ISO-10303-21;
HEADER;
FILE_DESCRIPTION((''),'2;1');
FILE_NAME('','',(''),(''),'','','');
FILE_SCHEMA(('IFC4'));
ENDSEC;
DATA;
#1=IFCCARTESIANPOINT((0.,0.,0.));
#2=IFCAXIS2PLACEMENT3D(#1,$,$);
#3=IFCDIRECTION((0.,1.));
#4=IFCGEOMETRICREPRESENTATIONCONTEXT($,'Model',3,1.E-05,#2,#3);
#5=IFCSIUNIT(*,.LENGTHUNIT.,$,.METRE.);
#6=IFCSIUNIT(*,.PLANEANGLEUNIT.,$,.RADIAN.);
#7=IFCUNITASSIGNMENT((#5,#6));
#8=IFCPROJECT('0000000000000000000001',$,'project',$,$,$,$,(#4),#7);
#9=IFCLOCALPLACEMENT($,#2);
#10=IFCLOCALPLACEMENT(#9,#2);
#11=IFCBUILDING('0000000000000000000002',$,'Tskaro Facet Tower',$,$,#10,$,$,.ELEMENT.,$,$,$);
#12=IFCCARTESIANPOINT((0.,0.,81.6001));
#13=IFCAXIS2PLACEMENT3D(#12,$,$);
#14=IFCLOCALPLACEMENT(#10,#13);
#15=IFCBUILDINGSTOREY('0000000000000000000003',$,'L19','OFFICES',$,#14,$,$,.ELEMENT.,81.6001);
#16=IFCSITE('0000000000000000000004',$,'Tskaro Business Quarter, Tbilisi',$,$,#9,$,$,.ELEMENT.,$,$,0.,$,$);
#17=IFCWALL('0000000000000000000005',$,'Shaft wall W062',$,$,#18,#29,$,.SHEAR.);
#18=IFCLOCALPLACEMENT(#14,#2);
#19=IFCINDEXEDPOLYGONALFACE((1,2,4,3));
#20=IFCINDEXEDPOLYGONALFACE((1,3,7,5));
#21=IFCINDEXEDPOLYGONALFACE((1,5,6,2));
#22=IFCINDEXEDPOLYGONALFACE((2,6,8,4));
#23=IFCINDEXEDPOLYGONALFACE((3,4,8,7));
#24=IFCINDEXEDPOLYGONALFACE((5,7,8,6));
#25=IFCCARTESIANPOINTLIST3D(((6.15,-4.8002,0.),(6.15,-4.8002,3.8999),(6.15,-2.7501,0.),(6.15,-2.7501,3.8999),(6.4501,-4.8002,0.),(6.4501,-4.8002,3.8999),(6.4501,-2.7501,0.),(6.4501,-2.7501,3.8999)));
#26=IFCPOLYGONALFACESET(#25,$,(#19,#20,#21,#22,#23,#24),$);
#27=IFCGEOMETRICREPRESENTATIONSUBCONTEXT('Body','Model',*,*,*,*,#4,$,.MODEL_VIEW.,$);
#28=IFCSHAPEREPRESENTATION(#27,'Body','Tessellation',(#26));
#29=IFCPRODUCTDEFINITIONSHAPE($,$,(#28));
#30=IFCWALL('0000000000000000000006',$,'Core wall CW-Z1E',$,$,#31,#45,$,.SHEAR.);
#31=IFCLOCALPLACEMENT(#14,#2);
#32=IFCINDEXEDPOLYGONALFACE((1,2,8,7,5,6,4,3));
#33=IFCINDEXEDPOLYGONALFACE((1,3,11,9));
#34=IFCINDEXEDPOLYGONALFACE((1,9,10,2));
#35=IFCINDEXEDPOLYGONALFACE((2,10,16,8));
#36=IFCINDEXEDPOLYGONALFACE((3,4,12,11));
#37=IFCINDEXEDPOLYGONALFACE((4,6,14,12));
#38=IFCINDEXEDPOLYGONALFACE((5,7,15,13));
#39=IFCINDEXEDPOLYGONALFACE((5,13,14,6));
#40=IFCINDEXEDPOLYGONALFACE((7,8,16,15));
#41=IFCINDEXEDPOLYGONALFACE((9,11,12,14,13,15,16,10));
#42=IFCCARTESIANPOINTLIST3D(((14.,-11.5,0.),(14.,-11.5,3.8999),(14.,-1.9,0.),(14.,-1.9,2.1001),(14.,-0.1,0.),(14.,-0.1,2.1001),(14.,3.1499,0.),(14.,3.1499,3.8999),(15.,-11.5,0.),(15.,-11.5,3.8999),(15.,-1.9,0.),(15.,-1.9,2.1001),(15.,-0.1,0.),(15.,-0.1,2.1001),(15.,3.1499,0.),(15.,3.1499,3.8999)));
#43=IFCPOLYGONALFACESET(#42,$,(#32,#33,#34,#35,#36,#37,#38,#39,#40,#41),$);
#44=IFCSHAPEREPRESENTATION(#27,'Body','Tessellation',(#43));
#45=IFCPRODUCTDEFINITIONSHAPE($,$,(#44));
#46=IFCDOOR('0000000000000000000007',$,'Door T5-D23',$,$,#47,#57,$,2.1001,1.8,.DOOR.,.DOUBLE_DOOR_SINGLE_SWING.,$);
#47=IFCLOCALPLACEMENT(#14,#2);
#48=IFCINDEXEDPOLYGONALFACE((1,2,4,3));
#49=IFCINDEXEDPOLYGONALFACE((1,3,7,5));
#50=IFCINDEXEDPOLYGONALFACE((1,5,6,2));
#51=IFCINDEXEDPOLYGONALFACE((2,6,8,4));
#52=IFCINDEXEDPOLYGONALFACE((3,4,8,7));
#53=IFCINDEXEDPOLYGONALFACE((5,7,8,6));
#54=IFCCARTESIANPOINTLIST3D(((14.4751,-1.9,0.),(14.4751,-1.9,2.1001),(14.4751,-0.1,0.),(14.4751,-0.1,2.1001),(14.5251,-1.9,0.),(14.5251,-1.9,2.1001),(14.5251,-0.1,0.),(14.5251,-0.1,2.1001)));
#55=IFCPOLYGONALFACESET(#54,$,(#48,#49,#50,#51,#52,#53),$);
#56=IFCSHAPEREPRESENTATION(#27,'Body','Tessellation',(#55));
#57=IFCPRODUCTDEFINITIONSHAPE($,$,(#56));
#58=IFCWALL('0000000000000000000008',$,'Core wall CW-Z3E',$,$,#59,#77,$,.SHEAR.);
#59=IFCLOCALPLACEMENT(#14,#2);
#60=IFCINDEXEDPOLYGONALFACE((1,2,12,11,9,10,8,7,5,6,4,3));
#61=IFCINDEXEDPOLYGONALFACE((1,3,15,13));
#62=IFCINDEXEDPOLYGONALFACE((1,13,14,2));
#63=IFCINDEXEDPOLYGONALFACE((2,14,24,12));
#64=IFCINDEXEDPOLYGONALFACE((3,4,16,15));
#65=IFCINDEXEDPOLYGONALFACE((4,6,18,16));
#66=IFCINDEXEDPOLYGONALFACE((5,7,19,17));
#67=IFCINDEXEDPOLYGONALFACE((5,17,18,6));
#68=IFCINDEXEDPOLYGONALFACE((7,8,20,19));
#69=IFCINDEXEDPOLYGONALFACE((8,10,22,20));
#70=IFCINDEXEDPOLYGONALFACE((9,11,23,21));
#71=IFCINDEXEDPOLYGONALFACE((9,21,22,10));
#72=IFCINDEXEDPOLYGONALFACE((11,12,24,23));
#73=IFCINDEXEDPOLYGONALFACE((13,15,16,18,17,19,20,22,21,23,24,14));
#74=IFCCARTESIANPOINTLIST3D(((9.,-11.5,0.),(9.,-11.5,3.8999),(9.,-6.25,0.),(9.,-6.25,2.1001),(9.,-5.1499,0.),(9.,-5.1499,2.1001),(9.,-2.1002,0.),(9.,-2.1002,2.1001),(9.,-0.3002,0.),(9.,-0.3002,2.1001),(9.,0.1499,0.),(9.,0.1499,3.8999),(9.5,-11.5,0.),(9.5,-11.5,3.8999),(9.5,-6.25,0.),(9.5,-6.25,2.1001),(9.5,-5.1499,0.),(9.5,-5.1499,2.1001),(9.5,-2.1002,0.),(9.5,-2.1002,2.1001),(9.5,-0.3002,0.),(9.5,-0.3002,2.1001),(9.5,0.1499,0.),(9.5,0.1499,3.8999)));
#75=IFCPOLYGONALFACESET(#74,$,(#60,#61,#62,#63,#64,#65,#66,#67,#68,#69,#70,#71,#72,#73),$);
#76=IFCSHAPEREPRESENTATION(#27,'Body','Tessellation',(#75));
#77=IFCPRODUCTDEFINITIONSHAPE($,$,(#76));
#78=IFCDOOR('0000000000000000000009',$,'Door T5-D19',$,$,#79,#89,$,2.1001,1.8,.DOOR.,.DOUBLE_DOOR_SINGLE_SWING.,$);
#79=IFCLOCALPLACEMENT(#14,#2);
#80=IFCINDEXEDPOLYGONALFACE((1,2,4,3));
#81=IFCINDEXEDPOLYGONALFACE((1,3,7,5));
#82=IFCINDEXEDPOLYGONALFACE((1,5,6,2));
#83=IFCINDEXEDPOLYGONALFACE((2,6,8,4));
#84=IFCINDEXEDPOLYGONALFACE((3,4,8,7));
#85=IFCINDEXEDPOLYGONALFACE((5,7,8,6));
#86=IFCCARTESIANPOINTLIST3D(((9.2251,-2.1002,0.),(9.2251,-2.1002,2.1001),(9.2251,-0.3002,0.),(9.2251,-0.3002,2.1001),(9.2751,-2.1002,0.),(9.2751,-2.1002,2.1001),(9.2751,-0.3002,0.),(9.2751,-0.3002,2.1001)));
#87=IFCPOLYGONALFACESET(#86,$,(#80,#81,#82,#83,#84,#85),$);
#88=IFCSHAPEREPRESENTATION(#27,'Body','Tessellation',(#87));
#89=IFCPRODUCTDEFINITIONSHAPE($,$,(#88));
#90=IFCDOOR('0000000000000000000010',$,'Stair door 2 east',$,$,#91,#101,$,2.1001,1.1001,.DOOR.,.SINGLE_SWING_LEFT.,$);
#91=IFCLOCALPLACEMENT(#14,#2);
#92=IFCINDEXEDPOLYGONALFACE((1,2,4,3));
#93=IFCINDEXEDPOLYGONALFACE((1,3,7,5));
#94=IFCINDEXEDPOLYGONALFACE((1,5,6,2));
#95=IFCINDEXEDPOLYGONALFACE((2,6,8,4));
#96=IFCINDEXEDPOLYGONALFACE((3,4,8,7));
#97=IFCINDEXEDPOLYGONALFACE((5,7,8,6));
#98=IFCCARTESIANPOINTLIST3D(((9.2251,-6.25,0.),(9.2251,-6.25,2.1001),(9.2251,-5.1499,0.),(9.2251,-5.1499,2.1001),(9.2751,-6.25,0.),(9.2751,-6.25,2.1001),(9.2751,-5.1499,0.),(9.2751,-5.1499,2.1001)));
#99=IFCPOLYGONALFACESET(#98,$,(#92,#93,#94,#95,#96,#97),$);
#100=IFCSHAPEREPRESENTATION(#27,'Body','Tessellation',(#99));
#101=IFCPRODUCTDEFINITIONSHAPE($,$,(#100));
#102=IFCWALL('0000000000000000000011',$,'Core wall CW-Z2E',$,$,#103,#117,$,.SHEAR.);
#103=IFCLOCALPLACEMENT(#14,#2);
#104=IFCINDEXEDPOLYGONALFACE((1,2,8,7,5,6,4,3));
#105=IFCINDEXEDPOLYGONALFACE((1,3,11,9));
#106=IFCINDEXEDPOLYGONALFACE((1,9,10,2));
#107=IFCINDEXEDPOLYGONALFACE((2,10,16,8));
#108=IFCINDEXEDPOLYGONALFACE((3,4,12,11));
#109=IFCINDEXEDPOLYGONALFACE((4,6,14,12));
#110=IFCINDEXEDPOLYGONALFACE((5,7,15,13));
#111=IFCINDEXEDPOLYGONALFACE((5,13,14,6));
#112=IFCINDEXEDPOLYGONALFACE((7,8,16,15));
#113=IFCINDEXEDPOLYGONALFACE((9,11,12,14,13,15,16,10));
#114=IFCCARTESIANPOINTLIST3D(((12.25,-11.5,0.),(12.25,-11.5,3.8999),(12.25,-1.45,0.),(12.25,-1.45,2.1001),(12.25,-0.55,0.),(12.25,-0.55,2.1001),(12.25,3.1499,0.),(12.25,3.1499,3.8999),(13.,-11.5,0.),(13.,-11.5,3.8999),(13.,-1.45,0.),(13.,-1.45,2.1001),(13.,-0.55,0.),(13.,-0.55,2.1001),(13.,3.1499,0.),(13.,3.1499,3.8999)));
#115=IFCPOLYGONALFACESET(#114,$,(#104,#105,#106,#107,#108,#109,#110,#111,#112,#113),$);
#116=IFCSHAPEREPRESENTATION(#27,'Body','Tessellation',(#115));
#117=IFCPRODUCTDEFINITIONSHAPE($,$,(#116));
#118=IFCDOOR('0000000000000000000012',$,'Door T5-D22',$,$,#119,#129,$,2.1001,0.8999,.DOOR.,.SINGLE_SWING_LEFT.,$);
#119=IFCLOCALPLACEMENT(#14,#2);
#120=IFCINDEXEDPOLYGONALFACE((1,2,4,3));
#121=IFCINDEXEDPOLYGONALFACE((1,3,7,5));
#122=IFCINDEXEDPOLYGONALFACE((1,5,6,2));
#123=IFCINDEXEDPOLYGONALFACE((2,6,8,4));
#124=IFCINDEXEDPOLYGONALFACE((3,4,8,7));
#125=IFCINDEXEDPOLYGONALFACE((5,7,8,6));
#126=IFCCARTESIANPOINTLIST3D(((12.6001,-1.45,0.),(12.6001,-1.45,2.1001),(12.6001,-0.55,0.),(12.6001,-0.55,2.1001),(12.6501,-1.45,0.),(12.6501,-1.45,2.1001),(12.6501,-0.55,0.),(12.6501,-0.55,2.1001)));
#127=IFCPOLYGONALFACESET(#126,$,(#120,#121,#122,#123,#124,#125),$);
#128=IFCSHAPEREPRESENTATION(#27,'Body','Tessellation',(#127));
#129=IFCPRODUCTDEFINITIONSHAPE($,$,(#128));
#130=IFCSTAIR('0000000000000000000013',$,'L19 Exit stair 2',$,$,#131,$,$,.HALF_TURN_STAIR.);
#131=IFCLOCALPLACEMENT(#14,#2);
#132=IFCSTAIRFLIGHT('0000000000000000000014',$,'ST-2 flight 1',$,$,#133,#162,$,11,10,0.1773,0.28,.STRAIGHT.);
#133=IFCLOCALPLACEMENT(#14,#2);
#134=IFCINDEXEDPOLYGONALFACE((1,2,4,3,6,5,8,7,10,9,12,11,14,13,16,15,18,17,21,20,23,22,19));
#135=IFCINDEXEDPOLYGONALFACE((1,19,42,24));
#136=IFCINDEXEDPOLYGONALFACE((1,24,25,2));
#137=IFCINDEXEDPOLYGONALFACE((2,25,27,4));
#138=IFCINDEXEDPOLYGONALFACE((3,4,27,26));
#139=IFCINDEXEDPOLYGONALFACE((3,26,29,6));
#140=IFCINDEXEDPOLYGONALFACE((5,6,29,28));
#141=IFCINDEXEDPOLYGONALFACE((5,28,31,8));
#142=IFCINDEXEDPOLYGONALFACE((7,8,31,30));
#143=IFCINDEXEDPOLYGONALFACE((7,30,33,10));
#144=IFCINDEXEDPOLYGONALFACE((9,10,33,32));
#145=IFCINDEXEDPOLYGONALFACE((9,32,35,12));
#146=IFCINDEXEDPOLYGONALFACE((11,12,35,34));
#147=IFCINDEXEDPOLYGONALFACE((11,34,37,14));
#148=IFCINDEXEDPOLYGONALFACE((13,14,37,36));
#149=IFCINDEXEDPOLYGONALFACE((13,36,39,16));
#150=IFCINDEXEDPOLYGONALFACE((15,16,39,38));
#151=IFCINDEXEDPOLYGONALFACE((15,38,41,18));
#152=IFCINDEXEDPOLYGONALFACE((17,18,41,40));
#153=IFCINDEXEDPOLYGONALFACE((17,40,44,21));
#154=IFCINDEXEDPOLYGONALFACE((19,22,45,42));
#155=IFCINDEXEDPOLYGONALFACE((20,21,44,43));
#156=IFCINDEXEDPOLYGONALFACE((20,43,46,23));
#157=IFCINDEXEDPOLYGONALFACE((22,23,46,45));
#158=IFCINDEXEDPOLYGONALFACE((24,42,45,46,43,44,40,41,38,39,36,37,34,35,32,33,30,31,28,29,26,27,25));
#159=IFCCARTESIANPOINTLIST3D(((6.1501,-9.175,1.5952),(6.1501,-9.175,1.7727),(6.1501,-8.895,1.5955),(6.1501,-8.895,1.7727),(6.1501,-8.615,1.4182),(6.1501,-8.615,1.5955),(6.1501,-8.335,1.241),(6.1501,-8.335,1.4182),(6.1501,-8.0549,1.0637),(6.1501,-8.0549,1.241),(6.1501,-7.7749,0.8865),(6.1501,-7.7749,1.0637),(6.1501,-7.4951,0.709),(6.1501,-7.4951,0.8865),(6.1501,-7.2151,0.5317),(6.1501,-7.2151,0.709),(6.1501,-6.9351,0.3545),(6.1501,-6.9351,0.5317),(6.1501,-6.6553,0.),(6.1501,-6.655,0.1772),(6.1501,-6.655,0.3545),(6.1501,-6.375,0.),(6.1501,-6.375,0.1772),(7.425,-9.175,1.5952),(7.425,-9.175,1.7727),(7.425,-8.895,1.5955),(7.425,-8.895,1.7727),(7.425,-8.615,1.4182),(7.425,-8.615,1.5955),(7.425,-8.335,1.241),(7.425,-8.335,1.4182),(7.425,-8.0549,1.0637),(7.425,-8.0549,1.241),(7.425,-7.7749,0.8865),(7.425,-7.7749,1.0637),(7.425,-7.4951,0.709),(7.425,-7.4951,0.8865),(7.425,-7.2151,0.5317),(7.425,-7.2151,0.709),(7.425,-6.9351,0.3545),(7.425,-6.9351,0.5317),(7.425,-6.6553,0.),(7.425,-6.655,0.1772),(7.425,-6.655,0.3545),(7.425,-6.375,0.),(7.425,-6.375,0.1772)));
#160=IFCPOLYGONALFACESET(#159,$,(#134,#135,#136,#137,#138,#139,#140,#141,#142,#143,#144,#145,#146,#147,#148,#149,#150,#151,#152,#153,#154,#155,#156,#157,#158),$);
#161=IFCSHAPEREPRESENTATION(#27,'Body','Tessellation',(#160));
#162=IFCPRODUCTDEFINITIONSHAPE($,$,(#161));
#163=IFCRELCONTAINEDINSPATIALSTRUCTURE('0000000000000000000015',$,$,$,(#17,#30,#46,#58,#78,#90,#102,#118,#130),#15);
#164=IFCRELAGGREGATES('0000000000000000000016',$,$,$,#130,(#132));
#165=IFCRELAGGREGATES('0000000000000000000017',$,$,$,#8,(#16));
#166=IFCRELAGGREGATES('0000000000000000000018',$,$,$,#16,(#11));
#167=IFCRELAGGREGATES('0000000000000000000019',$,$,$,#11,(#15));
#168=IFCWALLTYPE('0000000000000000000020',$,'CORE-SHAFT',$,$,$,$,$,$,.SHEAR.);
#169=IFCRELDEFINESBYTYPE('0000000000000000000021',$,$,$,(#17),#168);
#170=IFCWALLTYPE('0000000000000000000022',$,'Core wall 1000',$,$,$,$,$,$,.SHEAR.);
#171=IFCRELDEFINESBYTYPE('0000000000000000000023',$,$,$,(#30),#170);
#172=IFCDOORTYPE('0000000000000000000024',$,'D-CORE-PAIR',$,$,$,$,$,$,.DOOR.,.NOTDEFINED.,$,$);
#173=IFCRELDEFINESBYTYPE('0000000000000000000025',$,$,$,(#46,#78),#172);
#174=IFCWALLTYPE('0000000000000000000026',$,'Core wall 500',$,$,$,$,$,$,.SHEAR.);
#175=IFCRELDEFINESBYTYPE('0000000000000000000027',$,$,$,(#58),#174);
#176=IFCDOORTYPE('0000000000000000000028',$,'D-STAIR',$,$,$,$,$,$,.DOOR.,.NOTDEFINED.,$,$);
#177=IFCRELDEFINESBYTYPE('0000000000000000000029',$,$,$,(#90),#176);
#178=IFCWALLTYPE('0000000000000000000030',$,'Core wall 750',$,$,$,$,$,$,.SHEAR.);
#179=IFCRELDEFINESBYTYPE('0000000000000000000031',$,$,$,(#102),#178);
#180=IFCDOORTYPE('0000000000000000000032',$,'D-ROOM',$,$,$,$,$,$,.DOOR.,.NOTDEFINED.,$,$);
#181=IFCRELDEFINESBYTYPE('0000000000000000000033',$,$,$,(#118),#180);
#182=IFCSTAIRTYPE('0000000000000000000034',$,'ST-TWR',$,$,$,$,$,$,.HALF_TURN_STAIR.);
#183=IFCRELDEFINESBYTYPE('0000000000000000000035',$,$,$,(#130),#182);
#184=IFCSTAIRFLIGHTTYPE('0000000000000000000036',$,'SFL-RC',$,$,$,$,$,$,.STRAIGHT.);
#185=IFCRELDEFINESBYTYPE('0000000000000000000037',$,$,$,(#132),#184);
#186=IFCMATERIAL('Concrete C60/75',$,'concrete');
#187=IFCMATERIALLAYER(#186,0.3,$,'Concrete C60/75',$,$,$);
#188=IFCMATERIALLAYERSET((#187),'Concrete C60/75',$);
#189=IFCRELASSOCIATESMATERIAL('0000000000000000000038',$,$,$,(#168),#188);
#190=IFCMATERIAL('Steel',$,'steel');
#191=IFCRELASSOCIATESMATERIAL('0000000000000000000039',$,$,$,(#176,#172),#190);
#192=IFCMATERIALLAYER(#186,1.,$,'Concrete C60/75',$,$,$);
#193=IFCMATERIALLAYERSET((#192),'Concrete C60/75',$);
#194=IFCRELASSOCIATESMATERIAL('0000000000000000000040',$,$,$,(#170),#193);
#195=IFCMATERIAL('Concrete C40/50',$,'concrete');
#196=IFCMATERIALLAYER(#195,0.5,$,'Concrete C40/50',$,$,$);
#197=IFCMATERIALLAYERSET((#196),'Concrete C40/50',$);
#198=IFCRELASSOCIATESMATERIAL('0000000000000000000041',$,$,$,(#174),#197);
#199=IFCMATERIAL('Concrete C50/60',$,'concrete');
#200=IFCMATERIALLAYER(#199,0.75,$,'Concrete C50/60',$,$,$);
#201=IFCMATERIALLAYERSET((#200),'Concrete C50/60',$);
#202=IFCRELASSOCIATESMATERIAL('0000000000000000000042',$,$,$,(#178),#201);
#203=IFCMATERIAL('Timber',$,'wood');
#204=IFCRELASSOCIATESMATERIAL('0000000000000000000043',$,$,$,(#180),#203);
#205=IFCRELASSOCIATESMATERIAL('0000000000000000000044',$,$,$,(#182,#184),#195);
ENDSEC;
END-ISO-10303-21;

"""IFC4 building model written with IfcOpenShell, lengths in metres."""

from ifc_helpers import new_model, si_unit, direction, frame, frame_2d, origin, place, context, subcontext, project, spatial, polyline, rectangle, outline, extrude, material, layer, layer_set, type_object, element, fill, aggregate, save


model = new_model("IFC4")

# Units and contexts
model_context = context("Model", 3, precision=1e-05, world=origin(), true_north=direction((0.0, 1.0)))
body_context = subcontext(model_context, "Body", "Model", "MODEL_VIEW")
ifc_project = project(units=[si_unit("LENGTHUNIT", "METRE"), si_unit("PLANEANGLEUNIT", "RADIAN")], contexts=[model_context])

# Site, building, storey
site_placement = place(None, origin())
site = spatial("IfcSite", under=ifc_project, at=site_placement, Name="Tskaro Business Quarter, Tbilisi", CompositionType="ELEMENT", RefElevation=0.0)
building_placement = place(site_placement, origin())
building = spatial("IfcBuilding", under=site, at=building_placement, Name="Tskaro Facet Tower", CompositionType="ELEMENT")
storey_placement = place(building_placement, frame((0.0, 0.0, 81.6001)))
storey = spatial("IfcBuildingStorey", under=building, at=storey_placement, Name="L19", Description="OFFICES", CompositionType="ELEMENT", Elevation=81.6001)

# Shared definitions
ifc_material_1 = material(Name="Concrete C60/75", Category="concrete")
ifc_layer_1 = layer(ifc_material_1, 0.3, Name="Concrete C60/75")
ifc_layer_set_1 = layer_set([ifc_layer_1], Name="Concrete C60/75")
wall_type_1 = type_object("IfcWallType", Name="CORE-SHAFT", PredefinedType="SHEAR", material=ifc_layer_set_1)

# Shared definitions
ifc_material_2 = material(Name="Steel", Category="steel")
door_type_1 = type_object("IfcDoorType", Name="D-STAIR", OperationType="NOTDEFINED", PredefinedType="DOOR", material=ifc_material_2)

# Wall
wall_1_placement = place(storey_placement, frame((6.3, -4.8, 0.0), z_axis=(0.0, 0.0, 1.0), x_axis=(0.0, 1.0, 0.0)))
element("IfcWall", 1, at=wall_1_placement, inside=storey, type_object=wall_type_1, Name="Shaft wall W062", PredefinedType="SHEAR", context=body_context, shape_type="SweptSolid", body=[
    extrude(rectangle(XDim=2.05, YDim=0.3, at=frame_2d((1.0249, 0.0))), origin(), (0.0, 0.0, 1.0), 3.8999),
])

# Wall, opening, door
ifc_layer_2 = layer(ifc_material_1, 1.0, Name="Concrete C60/75")
ifc_layer_set_2 = layer_set([ifc_layer_2], Name="Concrete C60/75")
wall_type_2 = type_object("IfcWallType", Name="Core wall 1000", PredefinedType="SHEAR", material=ifc_layer_set_2)
wall_2_placement = place(storey_placement, frame((14.5, -11.5, 0.0), z_axis=(0.0, 0.0, 1.0), x_axis=(0.0, 1.0, 0.0)))
wall_2 = element("IfcWall", 2, at=wall_2_placement, inside=storey, type_object=wall_type_2, Name="Core wall CW-Z1E", PredefinedType="SHEAR", context=body_context, shape_type="SweptSolid", body=[
    extrude(rectangle(XDim=14.6499, YDim=1.0, at=frame_2d((7.325, 0.0))), origin(), (0.0, 0.0, 1.0), 3.8999),
])
opening_1_placement = place(wall_2_placement, frame((9.6001, 0.0, 0.0)))
opening_1 = element("IfcOpeningElement", 3, at=opening_1_placement, cuts=wall_2, PredefinedType="OPENING", context=body_context, shape_type="SweptSolid", body=[
    extrude(rectangle(XDim=1.8, YDim=2.1001, at=frame_2d((0.8999, 1.05))), frame((0.0, 0.51, 0.0), z_axis=(0.0, -1.0, 0.0), x_axis=(1.0, 0.0, 0.0)), (0.0, 0.0, 1.0), 1.02),
])
door_type_2 = type_object("IfcDoorType", Name="D-CORE-PAIR", OperationType="NOTDEFINED", PredefinedType="DOOR", material=ifc_material_2)
door_1_placement = place(opening_1_placement, origin())
door_1 = element("IfcDoor", 4, at=door_1_placement, inside=storey, type_object=door_type_2, Name="Door T5-D23", OperationType="DOUBLE_DOOR_SINGLE_SWING", OverallHeight=2.1001, OverallWidth=1.8, PredefinedType="DOOR", context=body_context, shape_type="SweptSolid", body=[
    extrude(rectangle(XDim=1.8, YDim=2.1001, at=frame_2d((0.8999, 1.05))), frame((0.0, 0.0249, 0.0), z_axis=(0.0, -1.0, 0.0), x_axis=(1.0, 0.0, 0.0)), (0.0, 0.0, 1.0), 0.05),
])
fill(opening_1, door_1)

# Wall, openings, doors
ifc_material_3 = material(Name="Concrete C40/50", Category="concrete")
ifc_layer_3 = layer(ifc_material_3, 0.5, Name="Concrete C40/50")
ifc_layer_set_3 = layer_set([ifc_layer_3], Name="Concrete C40/50")
wall_type_3 = type_object("IfcWallType", Name="Core wall 500", PredefinedType="SHEAR", material=ifc_layer_set_3)
wall_3_placement = place(storey_placement, frame((9.25, -11.5, 0.0), z_axis=(0.0, 0.0, 1.0), x_axis=(0.0, 1.0, 0.0)))
wall_3 = element("IfcWall", 5, at=wall_3_placement, inside=storey, type_object=wall_type_3, Name="Core wall CW-Z3E", PredefinedType="SHEAR", context=body_context, shape_type="SweptSolid", body=[
    extrude(rectangle(XDim=11.6499, YDim=0.5, at=frame_2d((5.825, 0.0))), origin(), (0.0, 0.0, 1.0), 3.8999),
])
opening_2_placement = place(wall_3_placement, frame((9.3999, 0.0, 0.0)))
opening_2 = element("IfcOpeningElement", 6, at=opening_2_placement, cuts=wall_3, PredefinedType="OPENING", context=body_context, shape_type="SweptSolid", body=[
    extrude(rectangle(XDim=1.8, YDim=2.1001, at=frame_2d((0.8999, 1.05))), frame((0.0, 0.26, 0.0), z_axis=(0.0, -1.0, 0.0), x_axis=(1.0, 0.0, 0.0)), (0.0, 0.0, 1.0), 0.52),
])
opening_3_placement = place(wall_3_placement, frame((5.25, 0.0, 0.0)))
opening_3 = element("IfcOpeningElement", 7, at=opening_3_placement, cuts=wall_3, PredefinedType="OPENING", context=body_context, shape_type="SweptSolid", body=[
    extrude(rectangle(XDim=1.1001, YDim=2.1001, at=frame_2d((0.55, 1.05))), frame((0.0, 0.26, 0.0), z_axis=(0.0, -1.0, 0.0), x_axis=(1.0, 0.0, 0.0)), (0.0, 0.0, 1.0), 0.52),
])
door_2_placement = place(opening_2_placement, origin())
door_2 = element("IfcDoor", 8, at=door_2_placement, inside=storey, type_object=door_type_2, Name="Door T5-D19", OperationType="DOUBLE_DOOR_SINGLE_SWING", OverallHeight=2.1001, OverallWidth=1.8, PredefinedType="DOOR", context=body_context, shape_type="SweptSolid", body=[
    extrude(rectangle(XDim=1.8, YDim=2.1001, at=frame_2d((0.8999, 1.05))), frame((0.0, 0.0249, 0.0), z_axis=(0.0, -1.0, 0.0), x_axis=(1.0, 0.0, 0.0)), (0.0, 0.0, 1.0), 0.05),
])
fill(opening_2, door_2)
door_3_placement = place(opening_3_placement, origin())
door_3 = element("IfcDoor", 9, at=door_3_placement, inside=storey, type_object=door_type_1, Name="Stair door 2 east", OperationType="SINGLE_SWING_LEFT", OverallHeight=2.1001, OverallWidth=1.1001, PredefinedType="DOOR", context=body_context, shape_type="SweptSolid", body=[
    extrude(rectangle(XDim=1.1001, YDim=2.1001, at=frame_2d((0.55, 1.05))), frame((0.0, 0.0249, 0.0), z_axis=(0.0, -1.0, 0.0), x_axis=(1.0, 0.0, 0.0)), (0.0, 0.0, 1.0), 0.05),
])
fill(opening_3, door_3)

# Wall, opening, door
ifc_material_4 = material(Name="Concrete C50/60", Category="concrete")
ifc_layer_4 = layer(ifc_material_4, 0.75, Name="Concrete C50/60")
ifc_layer_set_4 = layer_set([ifc_layer_4], Name="Concrete C50/60")
wall_type_4 = type_object("IfcWallType", Name="Core wall 750", PredefinedType="SHEAR", material=ifc_layer_set_4)
wall_4_placement = place(storey_placement, frame((12.625, -11.5, 0.0), z_axis=(0.0, 0.0, 1.0), x_axis=(0.0, 1.0, 0.0)))
wall_4 = element("IfcWall", 10, at=wall_4_placement, inside=storey, type_object=wall_type_4, Name="Core wall CW-Z2E", PredefinedType="SHEAR", context=body_context, shape_type="SweptSolid", body=[
    extrude(rectangle(XDim=14.6499, YDim=0.75, at=frame_2d((7.325, 0.0))), origin(), (0.0, 0.0, 1.0), 3.8999),
])
opening_4_placement = place(wall_4_placement, frame((10.05, 0.0, 0.0)))
opening_4 = element("IfcOpeningElement", 11, at=opening_4_placement, cuts=wall_4, PredefinedType="OPENING", context=body_context, shape_type="SweptSolid", body=[
    extrude(rectangle(XDim=0.8999, YDim=2.1001, at=frame_2d((0.45, 1.05))), frame((0.0, 0.385, 0.0), z_axis=(0.0, -1.0, 0.0), x_axis=(1.0, 0.0, 0.0)), (0.0, 0.0, 1.0), 0.77),
])
ifc_material_5 = material(Name="Timber", Category="wood")
door_type_3 = type_object("IfcDoorType", Name="D-ROOM", OperationType="NOTDEFINED", PredefinedType="DOOR", material=ifc_material_5)
door_4_placement = place(opening_4_placement, origin())
door_4 = element("IfcDoor", 12, at=door_4_placement, inside=storey, type_object=door_type_3, Name="Door T5-D22", OperationType="SINGLE_SWING_LEFT", OverallHeight=2.1001, OverallWidth=0.8999, PredefinedType="DOOR", context=body_context, shape_type="SweptSolid", body=[
    extrude(rectangle(XDim=0.8999, YDim=2.1001, at=frame_2d((0.45, 1.05))), frame((0.0, 0.0249, 0.0), z_axis=(0.0, -1.0, 0.0), x_axis=(1.0, 0.0, 0.0)), (0.0, 0.0, 1.0), 0.05),
])
fill(opening_4, door_4)

# Stair, stair flight
stair_type = type_object("IfcStairType", Name="ST-TWR", PredefinedType="HALF_TURN_STAIR", material=ifc_material_3)
stair_placement = place(storey_placement, origin())
stair = element("IfcStair", 13, at=stair_placement, inside=storey, type_object=stair_type, Name="L19 Exit stair 2", PredefinedType="HALF_TURN_STAIR")
stair_flight_type = type_object("IfcStairFlightType", Name="SFL-RC", PredefinedType="STRAIGHT", material=ifc_material_3)
stair_flight_1_placement = place(storey_placement, frame((6.7876, -6.375, 0.0), z_axis=(0.0, 0.0, 1.0), x_axis=(0.0, -1.0, 0.0)))
stair_flight_1 = element("IfcStairFlight", 14, at=stair_flight_1_placement, type_object=stair_flight_type, Name="ST-2 flight 1", NumberOfRisers=11, NumberOfTreads=10, PredefinedType="STRAIGHT", RiserHeight=0.1773, TreadLength=0.28, context=body_context, shape_type="SweptSolid", body=[
    extrude(outline(polyline([(0.0, 0.0), (0.0, 0.1772), (0.28, 0.1772), (0.28, 0.3545), (0.5601, 0.3545), (0.5601, 0.5317), (0.8401, 0.5317), (0.8401, 0.709), (1.1201, 0.709), (1.1201, 0.8865), (1.3999, 0.8865), (1.3999, 1.0637), (1.6799, 1.0637), (1.6799, 1.241), (1.96, 1.241), (1.96, 1.4182), (2.24, 1.4182), (2.24, 1.5955), (2.52, 1.5955), (2.52, 1.7727), (2.8, 1.7727), (2.8, 1.95), (2.8, 1.5952), (0.2803, 0.0), (0.0, 0.0)])), frame((0.0, 0.6375, 0.0), z_axis=(0.0, -1.0, 0.0), x_axis=(1.0, 0.0, 0.0)), (0.0, 0.0, 1.0), 1.2749),
])
aggregate(stair, [stair_flight_1])

save(model, "model.ifc")
